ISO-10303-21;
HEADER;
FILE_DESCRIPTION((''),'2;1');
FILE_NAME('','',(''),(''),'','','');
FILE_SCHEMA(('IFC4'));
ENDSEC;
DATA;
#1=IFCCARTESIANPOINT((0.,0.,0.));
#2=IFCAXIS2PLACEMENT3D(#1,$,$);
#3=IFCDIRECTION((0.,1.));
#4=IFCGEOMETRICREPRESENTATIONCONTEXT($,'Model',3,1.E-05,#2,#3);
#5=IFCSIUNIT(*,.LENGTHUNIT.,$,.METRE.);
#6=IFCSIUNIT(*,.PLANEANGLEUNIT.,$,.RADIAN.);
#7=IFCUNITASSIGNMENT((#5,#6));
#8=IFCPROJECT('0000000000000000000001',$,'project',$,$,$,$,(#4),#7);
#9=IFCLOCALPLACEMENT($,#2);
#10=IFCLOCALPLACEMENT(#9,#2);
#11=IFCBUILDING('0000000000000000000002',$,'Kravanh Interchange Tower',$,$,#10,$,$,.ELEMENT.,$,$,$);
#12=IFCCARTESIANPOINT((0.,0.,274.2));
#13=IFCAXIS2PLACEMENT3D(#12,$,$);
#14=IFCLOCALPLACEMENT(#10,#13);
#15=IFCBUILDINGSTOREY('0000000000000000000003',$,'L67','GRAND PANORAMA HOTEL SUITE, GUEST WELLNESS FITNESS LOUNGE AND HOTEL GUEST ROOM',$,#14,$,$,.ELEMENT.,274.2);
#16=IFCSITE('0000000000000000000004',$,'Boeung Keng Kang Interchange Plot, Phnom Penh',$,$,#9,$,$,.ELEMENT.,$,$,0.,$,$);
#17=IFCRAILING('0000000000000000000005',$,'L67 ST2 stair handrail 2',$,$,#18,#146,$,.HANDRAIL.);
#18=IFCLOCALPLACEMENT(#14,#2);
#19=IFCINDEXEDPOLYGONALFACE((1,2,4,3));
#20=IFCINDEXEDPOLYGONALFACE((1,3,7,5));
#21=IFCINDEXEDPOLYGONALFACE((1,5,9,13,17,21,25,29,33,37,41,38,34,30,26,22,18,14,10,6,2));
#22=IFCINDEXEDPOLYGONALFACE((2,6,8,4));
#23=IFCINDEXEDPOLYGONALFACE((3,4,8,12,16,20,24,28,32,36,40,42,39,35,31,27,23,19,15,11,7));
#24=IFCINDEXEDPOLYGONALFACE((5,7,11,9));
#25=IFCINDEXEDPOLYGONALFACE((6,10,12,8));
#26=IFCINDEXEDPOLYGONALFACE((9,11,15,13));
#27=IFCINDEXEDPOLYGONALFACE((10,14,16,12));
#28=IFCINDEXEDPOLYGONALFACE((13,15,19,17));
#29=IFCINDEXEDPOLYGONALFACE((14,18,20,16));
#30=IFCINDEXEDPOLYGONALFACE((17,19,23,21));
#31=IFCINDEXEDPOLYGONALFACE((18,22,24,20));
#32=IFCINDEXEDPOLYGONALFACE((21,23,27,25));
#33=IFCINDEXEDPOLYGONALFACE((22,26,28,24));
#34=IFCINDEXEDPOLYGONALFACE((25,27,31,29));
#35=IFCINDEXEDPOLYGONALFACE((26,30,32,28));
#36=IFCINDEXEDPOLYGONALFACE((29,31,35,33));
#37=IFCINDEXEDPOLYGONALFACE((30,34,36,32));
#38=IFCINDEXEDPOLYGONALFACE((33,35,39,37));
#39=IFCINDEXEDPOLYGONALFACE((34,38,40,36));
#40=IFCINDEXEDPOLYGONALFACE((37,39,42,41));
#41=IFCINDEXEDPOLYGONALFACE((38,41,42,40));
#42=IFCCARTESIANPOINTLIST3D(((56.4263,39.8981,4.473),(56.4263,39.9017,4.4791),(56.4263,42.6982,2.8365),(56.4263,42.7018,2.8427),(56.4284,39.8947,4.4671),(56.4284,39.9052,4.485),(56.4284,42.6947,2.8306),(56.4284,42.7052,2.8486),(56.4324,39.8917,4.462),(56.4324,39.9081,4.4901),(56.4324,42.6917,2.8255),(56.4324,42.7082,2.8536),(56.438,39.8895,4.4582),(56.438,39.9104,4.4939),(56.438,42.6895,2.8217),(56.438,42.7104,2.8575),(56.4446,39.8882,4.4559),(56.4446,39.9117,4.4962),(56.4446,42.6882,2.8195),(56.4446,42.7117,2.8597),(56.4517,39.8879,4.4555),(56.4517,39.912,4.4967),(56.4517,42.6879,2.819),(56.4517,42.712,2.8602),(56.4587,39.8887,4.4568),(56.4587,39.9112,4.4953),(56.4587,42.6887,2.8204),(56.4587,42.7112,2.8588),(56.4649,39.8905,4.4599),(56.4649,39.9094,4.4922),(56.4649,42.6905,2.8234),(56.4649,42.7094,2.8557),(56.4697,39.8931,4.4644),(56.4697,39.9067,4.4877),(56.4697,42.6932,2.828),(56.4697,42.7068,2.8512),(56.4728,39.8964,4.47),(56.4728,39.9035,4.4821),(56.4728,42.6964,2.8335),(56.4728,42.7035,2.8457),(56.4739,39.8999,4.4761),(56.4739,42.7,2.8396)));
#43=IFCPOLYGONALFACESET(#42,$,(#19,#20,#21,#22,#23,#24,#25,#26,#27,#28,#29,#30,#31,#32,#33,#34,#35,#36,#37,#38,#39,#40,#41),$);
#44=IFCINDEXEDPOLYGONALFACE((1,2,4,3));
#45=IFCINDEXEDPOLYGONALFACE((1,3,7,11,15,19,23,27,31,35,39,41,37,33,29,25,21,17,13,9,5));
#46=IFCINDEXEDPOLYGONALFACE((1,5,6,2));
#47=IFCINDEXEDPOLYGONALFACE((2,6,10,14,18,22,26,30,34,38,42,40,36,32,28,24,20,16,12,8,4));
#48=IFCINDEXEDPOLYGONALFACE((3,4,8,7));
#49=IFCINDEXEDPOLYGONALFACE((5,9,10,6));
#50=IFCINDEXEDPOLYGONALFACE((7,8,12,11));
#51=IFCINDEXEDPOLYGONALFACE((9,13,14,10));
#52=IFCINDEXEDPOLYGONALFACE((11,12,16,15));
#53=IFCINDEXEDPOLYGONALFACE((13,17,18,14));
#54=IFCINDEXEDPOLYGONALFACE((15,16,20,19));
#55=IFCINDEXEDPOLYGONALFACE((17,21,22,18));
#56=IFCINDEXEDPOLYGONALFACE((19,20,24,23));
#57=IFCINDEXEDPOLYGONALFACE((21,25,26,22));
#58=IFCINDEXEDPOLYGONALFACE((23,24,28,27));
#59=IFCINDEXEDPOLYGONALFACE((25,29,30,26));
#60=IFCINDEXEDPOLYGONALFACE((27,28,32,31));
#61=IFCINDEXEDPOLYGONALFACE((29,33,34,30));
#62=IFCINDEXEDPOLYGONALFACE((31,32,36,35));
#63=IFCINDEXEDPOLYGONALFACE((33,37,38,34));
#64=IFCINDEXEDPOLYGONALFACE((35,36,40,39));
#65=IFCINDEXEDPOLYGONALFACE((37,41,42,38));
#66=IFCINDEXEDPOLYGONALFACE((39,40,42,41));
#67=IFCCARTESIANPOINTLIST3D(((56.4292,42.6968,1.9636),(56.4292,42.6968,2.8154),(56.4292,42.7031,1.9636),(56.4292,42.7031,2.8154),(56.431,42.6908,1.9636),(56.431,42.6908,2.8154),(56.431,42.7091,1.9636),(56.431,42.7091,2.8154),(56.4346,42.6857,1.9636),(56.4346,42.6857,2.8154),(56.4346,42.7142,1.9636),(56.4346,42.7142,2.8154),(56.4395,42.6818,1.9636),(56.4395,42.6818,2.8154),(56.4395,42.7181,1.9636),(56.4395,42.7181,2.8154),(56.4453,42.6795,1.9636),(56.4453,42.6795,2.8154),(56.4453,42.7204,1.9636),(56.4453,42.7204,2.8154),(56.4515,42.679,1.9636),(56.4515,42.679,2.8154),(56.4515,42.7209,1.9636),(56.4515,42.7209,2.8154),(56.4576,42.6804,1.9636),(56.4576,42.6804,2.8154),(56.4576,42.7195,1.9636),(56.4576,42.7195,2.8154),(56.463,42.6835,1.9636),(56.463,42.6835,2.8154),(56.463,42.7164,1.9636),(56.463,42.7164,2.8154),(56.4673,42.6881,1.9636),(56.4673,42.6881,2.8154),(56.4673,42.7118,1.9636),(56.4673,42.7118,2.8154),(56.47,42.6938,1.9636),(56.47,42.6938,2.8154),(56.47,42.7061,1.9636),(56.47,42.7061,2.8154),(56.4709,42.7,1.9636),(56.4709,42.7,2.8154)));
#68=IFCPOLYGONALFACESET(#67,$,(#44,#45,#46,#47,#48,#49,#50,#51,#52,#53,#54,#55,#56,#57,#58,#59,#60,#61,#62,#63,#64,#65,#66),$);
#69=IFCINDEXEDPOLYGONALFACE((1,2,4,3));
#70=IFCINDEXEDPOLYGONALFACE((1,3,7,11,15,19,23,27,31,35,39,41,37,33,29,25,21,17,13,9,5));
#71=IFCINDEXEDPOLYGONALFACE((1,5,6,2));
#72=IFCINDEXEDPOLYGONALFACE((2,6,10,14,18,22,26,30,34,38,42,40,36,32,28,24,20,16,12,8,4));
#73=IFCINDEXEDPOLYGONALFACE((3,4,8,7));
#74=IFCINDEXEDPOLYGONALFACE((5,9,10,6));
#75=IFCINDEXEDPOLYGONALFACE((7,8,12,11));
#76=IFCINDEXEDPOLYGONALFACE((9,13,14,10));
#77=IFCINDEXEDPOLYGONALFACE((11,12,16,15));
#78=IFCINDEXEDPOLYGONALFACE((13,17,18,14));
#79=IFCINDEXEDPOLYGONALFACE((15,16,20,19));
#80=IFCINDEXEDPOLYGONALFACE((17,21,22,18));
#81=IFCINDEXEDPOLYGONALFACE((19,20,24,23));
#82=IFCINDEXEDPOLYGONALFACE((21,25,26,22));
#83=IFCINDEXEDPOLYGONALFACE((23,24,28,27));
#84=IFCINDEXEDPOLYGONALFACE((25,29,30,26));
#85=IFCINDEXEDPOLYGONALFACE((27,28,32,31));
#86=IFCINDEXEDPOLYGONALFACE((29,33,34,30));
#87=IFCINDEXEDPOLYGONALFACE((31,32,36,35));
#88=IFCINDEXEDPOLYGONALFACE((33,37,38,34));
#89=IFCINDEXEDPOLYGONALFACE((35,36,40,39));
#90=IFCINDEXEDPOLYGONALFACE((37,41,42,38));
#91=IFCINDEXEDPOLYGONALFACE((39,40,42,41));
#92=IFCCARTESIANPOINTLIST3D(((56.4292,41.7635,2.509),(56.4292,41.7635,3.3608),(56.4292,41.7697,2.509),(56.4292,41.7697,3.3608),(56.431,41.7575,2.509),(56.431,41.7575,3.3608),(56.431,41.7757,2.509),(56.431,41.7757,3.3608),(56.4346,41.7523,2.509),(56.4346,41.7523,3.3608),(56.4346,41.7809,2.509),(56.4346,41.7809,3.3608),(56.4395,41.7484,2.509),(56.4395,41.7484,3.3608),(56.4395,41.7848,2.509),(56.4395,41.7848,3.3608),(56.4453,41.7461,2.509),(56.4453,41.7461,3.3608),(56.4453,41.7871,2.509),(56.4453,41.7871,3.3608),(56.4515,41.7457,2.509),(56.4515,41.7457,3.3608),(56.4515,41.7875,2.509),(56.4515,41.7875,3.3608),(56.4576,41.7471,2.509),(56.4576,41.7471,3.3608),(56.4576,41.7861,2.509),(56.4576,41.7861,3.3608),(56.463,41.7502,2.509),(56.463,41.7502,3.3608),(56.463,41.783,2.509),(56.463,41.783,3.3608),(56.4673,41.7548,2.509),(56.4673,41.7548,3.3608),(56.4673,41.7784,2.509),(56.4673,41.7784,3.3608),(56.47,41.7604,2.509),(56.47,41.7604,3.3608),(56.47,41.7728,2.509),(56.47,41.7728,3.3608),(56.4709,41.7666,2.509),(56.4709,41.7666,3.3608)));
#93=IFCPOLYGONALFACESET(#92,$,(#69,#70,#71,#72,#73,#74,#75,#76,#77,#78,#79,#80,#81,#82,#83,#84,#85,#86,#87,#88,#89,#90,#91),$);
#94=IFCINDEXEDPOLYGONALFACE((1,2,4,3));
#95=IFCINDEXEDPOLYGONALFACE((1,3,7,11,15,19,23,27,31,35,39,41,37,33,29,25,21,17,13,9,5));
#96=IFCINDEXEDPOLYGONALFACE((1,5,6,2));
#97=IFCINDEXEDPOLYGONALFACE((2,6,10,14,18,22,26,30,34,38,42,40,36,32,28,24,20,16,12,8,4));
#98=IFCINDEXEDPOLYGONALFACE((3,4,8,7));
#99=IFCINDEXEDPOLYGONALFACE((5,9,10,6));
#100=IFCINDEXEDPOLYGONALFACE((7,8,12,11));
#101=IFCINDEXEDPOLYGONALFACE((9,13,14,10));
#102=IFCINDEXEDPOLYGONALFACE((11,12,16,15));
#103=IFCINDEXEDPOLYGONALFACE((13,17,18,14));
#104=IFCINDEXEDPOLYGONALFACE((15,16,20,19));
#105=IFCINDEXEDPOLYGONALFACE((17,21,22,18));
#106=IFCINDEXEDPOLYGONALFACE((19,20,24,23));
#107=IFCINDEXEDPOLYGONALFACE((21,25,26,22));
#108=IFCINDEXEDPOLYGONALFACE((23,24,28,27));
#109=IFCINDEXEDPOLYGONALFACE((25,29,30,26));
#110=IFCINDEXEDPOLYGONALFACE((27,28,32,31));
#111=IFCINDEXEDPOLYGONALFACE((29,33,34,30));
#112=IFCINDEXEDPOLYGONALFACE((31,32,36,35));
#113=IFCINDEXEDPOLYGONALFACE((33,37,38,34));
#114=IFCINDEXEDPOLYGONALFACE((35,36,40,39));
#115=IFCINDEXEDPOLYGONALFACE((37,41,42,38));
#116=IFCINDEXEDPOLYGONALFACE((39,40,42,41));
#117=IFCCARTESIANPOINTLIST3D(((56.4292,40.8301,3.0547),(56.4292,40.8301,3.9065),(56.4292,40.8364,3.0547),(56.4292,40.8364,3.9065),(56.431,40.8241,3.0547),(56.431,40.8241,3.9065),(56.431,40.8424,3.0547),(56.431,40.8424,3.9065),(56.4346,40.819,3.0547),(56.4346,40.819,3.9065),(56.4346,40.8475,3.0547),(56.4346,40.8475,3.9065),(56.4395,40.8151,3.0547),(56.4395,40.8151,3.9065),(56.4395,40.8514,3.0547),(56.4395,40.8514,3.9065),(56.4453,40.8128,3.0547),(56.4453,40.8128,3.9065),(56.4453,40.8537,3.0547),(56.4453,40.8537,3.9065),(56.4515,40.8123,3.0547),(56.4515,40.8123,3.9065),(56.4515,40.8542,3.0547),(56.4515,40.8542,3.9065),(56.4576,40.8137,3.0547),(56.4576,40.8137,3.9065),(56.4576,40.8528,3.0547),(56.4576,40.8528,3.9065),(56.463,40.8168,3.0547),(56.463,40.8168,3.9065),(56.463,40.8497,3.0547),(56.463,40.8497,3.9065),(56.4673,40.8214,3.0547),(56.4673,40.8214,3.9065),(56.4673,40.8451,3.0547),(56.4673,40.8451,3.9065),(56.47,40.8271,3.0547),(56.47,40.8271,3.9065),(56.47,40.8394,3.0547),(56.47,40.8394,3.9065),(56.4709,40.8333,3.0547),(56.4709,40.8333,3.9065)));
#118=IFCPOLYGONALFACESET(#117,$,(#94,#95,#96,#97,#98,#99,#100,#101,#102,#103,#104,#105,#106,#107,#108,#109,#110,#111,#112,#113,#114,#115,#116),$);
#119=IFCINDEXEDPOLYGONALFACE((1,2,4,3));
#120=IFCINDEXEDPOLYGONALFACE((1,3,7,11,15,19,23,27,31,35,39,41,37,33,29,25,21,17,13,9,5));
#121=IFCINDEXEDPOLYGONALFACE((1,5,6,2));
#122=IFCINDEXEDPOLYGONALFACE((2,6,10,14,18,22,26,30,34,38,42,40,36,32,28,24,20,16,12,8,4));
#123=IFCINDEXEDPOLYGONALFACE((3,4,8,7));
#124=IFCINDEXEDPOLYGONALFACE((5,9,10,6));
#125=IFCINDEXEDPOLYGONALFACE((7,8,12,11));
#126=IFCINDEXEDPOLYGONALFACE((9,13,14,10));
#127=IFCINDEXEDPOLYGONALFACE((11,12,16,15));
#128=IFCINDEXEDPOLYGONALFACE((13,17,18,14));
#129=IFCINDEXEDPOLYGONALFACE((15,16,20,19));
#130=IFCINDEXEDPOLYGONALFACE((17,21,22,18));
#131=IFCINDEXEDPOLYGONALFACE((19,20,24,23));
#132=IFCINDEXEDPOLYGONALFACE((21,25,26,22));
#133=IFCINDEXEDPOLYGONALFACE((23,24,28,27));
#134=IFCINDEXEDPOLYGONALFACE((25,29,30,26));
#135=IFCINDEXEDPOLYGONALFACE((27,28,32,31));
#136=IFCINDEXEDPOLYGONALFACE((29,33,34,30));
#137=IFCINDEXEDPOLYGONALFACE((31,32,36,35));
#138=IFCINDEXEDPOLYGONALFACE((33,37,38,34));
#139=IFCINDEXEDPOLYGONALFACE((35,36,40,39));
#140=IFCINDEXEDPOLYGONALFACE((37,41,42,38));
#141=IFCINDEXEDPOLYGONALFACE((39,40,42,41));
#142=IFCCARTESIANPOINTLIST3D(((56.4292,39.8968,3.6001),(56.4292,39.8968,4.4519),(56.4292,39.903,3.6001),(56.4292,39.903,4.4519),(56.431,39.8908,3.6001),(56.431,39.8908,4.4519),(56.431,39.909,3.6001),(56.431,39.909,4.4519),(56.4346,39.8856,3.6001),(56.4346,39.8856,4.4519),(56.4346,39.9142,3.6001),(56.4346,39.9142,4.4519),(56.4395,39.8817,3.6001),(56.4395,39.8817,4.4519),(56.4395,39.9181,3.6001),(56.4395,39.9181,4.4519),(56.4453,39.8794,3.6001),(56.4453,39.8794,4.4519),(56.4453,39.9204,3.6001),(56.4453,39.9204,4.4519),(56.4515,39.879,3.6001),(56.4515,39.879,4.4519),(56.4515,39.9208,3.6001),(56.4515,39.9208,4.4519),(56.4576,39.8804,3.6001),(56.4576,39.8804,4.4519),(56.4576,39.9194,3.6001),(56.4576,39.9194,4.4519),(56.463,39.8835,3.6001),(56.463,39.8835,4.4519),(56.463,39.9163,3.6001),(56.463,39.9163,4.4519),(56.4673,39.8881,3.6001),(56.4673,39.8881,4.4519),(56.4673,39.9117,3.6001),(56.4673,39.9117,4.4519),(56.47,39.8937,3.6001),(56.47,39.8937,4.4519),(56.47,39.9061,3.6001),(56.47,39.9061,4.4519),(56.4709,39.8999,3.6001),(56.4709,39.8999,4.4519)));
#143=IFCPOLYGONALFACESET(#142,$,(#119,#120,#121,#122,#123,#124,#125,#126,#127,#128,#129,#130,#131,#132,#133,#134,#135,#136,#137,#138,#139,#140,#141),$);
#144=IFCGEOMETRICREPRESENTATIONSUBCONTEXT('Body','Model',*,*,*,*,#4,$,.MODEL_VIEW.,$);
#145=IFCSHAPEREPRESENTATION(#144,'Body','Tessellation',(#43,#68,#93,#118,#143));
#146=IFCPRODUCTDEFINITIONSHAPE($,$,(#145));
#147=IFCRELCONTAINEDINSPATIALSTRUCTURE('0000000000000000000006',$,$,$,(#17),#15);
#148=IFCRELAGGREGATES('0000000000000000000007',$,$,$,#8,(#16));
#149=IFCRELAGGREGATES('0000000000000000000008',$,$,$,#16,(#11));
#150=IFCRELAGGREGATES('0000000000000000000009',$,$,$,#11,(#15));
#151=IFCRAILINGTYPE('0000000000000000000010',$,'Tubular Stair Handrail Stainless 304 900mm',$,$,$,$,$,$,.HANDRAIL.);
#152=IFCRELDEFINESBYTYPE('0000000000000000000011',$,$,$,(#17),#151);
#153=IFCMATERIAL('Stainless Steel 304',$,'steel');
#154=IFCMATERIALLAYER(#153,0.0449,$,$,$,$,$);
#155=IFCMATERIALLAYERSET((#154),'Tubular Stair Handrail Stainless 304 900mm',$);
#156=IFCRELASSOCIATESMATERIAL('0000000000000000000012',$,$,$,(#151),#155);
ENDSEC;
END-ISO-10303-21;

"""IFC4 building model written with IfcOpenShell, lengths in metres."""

from ifc_helpers import new_model, si_unit, direction, frame, origin, origin_2d, place, context, subcontext, project, spatial, circle, extrude, material, layer, layer_set, type_object, element, save


model = new_model("IFC4")

# Units and contexts
model_context = context("Model", 3, precision=1e-05, world=origin(), true_north=direction((0.0, 1.0)))
body_context = subcontext(model_context, "Body", "Model", "MODEL_VIEW")
ifc_project = project(units=[si_unit("LENGTHUNIT", "METRE"), si_unit("PLANEANGLEUNIT", "RADIAN")], contexts=[model_context])

# Site, building, storey
site_placement = place(None, origin())
site = spatial("IfcSite", under=ifc_project, at=site_placement, Name="Boeung Keng Kang Interchange Plot, Phnom Penh", CompositionType="ELEMENT", RefElevation=0.0)
building_placement = place(site_placement, origin())
building = spatial("IfcBuilding", under=site, at=building_placement, Name="Kravanh Interchange Tower", CompositionType="ELEMENT")
storey_placement = place(building_placement, frame((0.0, 0.0, 274.2)))
storey = spatial("IfcBuildingStorey", under=building, at=storey_placement, Name="L67", Description="GRAND PANORAMA HOTEL SUITE, GUEST WELLNESS FITNESS LOUNGE AND HOTEL GUEST ROOM", CompositionType="ELEMENT", Elevation=274.2)

# Railing
ifc_material_1 = material(Name="Stainless Steel 304", Category="steel")
ifc_layer_1 = layer(ifc_material_1, 0.0449)
ifc_layer_set_1 = layer_set([ifc_layer_1], Name="Tubular Stair Handrail Stainless 304 900mm")
railing_type_1 = type_object("IfcRailingType", Name="Tubular Stair Handrail Stainless 304 900mm", PredefinedType="HANDRAIL", material=ifc_layer_set_1)
railing_1_placement = place(storey_placement, frame((56.45, 42.7, 1.9636)))
element("IfcRailing", 1, at=railing_1_placement, inside=storey, type_object=railing_type_1, Name="L67 ST2 stair handrail 2", PredefinedType="HANDRAIL", context=body_context, shape_type="SweptSolid", body=[
    extrude(circle(Radius=0.0239, at=origin_2d()), frame((0.0, 0.0, 0.876), z_axis=(0.0, -0.863361, 0.504587), x_axis=(1.0, 0.0, 0.0)), (0.0, 0.0, 1.0), 3.2432),
    extrude(circle(Radius=0.021, at=origin_2d()), origin(), (0.0, 0.0, 1.0), 0.8518),
    extrude(circle(Radius=0.021, at=origin_2d()), frame((0.0, -0.9333, 0.5454)), (0.0, 0.0, 1.0), 0.8518),
    extrude(circle(Radius=0.021, at=origin_2d()), frame((0.0, -1.8667, 1.0911)), (0.0, 0.0, 1.0), 0.8518),
    extrude(circle(Radius=0.021, at=origin_2d()), frame((0.0, -2.8, 1.6365)), (0.0, 0.0, 1.0), 0.8518),
])

save(model, "model.ifc")
